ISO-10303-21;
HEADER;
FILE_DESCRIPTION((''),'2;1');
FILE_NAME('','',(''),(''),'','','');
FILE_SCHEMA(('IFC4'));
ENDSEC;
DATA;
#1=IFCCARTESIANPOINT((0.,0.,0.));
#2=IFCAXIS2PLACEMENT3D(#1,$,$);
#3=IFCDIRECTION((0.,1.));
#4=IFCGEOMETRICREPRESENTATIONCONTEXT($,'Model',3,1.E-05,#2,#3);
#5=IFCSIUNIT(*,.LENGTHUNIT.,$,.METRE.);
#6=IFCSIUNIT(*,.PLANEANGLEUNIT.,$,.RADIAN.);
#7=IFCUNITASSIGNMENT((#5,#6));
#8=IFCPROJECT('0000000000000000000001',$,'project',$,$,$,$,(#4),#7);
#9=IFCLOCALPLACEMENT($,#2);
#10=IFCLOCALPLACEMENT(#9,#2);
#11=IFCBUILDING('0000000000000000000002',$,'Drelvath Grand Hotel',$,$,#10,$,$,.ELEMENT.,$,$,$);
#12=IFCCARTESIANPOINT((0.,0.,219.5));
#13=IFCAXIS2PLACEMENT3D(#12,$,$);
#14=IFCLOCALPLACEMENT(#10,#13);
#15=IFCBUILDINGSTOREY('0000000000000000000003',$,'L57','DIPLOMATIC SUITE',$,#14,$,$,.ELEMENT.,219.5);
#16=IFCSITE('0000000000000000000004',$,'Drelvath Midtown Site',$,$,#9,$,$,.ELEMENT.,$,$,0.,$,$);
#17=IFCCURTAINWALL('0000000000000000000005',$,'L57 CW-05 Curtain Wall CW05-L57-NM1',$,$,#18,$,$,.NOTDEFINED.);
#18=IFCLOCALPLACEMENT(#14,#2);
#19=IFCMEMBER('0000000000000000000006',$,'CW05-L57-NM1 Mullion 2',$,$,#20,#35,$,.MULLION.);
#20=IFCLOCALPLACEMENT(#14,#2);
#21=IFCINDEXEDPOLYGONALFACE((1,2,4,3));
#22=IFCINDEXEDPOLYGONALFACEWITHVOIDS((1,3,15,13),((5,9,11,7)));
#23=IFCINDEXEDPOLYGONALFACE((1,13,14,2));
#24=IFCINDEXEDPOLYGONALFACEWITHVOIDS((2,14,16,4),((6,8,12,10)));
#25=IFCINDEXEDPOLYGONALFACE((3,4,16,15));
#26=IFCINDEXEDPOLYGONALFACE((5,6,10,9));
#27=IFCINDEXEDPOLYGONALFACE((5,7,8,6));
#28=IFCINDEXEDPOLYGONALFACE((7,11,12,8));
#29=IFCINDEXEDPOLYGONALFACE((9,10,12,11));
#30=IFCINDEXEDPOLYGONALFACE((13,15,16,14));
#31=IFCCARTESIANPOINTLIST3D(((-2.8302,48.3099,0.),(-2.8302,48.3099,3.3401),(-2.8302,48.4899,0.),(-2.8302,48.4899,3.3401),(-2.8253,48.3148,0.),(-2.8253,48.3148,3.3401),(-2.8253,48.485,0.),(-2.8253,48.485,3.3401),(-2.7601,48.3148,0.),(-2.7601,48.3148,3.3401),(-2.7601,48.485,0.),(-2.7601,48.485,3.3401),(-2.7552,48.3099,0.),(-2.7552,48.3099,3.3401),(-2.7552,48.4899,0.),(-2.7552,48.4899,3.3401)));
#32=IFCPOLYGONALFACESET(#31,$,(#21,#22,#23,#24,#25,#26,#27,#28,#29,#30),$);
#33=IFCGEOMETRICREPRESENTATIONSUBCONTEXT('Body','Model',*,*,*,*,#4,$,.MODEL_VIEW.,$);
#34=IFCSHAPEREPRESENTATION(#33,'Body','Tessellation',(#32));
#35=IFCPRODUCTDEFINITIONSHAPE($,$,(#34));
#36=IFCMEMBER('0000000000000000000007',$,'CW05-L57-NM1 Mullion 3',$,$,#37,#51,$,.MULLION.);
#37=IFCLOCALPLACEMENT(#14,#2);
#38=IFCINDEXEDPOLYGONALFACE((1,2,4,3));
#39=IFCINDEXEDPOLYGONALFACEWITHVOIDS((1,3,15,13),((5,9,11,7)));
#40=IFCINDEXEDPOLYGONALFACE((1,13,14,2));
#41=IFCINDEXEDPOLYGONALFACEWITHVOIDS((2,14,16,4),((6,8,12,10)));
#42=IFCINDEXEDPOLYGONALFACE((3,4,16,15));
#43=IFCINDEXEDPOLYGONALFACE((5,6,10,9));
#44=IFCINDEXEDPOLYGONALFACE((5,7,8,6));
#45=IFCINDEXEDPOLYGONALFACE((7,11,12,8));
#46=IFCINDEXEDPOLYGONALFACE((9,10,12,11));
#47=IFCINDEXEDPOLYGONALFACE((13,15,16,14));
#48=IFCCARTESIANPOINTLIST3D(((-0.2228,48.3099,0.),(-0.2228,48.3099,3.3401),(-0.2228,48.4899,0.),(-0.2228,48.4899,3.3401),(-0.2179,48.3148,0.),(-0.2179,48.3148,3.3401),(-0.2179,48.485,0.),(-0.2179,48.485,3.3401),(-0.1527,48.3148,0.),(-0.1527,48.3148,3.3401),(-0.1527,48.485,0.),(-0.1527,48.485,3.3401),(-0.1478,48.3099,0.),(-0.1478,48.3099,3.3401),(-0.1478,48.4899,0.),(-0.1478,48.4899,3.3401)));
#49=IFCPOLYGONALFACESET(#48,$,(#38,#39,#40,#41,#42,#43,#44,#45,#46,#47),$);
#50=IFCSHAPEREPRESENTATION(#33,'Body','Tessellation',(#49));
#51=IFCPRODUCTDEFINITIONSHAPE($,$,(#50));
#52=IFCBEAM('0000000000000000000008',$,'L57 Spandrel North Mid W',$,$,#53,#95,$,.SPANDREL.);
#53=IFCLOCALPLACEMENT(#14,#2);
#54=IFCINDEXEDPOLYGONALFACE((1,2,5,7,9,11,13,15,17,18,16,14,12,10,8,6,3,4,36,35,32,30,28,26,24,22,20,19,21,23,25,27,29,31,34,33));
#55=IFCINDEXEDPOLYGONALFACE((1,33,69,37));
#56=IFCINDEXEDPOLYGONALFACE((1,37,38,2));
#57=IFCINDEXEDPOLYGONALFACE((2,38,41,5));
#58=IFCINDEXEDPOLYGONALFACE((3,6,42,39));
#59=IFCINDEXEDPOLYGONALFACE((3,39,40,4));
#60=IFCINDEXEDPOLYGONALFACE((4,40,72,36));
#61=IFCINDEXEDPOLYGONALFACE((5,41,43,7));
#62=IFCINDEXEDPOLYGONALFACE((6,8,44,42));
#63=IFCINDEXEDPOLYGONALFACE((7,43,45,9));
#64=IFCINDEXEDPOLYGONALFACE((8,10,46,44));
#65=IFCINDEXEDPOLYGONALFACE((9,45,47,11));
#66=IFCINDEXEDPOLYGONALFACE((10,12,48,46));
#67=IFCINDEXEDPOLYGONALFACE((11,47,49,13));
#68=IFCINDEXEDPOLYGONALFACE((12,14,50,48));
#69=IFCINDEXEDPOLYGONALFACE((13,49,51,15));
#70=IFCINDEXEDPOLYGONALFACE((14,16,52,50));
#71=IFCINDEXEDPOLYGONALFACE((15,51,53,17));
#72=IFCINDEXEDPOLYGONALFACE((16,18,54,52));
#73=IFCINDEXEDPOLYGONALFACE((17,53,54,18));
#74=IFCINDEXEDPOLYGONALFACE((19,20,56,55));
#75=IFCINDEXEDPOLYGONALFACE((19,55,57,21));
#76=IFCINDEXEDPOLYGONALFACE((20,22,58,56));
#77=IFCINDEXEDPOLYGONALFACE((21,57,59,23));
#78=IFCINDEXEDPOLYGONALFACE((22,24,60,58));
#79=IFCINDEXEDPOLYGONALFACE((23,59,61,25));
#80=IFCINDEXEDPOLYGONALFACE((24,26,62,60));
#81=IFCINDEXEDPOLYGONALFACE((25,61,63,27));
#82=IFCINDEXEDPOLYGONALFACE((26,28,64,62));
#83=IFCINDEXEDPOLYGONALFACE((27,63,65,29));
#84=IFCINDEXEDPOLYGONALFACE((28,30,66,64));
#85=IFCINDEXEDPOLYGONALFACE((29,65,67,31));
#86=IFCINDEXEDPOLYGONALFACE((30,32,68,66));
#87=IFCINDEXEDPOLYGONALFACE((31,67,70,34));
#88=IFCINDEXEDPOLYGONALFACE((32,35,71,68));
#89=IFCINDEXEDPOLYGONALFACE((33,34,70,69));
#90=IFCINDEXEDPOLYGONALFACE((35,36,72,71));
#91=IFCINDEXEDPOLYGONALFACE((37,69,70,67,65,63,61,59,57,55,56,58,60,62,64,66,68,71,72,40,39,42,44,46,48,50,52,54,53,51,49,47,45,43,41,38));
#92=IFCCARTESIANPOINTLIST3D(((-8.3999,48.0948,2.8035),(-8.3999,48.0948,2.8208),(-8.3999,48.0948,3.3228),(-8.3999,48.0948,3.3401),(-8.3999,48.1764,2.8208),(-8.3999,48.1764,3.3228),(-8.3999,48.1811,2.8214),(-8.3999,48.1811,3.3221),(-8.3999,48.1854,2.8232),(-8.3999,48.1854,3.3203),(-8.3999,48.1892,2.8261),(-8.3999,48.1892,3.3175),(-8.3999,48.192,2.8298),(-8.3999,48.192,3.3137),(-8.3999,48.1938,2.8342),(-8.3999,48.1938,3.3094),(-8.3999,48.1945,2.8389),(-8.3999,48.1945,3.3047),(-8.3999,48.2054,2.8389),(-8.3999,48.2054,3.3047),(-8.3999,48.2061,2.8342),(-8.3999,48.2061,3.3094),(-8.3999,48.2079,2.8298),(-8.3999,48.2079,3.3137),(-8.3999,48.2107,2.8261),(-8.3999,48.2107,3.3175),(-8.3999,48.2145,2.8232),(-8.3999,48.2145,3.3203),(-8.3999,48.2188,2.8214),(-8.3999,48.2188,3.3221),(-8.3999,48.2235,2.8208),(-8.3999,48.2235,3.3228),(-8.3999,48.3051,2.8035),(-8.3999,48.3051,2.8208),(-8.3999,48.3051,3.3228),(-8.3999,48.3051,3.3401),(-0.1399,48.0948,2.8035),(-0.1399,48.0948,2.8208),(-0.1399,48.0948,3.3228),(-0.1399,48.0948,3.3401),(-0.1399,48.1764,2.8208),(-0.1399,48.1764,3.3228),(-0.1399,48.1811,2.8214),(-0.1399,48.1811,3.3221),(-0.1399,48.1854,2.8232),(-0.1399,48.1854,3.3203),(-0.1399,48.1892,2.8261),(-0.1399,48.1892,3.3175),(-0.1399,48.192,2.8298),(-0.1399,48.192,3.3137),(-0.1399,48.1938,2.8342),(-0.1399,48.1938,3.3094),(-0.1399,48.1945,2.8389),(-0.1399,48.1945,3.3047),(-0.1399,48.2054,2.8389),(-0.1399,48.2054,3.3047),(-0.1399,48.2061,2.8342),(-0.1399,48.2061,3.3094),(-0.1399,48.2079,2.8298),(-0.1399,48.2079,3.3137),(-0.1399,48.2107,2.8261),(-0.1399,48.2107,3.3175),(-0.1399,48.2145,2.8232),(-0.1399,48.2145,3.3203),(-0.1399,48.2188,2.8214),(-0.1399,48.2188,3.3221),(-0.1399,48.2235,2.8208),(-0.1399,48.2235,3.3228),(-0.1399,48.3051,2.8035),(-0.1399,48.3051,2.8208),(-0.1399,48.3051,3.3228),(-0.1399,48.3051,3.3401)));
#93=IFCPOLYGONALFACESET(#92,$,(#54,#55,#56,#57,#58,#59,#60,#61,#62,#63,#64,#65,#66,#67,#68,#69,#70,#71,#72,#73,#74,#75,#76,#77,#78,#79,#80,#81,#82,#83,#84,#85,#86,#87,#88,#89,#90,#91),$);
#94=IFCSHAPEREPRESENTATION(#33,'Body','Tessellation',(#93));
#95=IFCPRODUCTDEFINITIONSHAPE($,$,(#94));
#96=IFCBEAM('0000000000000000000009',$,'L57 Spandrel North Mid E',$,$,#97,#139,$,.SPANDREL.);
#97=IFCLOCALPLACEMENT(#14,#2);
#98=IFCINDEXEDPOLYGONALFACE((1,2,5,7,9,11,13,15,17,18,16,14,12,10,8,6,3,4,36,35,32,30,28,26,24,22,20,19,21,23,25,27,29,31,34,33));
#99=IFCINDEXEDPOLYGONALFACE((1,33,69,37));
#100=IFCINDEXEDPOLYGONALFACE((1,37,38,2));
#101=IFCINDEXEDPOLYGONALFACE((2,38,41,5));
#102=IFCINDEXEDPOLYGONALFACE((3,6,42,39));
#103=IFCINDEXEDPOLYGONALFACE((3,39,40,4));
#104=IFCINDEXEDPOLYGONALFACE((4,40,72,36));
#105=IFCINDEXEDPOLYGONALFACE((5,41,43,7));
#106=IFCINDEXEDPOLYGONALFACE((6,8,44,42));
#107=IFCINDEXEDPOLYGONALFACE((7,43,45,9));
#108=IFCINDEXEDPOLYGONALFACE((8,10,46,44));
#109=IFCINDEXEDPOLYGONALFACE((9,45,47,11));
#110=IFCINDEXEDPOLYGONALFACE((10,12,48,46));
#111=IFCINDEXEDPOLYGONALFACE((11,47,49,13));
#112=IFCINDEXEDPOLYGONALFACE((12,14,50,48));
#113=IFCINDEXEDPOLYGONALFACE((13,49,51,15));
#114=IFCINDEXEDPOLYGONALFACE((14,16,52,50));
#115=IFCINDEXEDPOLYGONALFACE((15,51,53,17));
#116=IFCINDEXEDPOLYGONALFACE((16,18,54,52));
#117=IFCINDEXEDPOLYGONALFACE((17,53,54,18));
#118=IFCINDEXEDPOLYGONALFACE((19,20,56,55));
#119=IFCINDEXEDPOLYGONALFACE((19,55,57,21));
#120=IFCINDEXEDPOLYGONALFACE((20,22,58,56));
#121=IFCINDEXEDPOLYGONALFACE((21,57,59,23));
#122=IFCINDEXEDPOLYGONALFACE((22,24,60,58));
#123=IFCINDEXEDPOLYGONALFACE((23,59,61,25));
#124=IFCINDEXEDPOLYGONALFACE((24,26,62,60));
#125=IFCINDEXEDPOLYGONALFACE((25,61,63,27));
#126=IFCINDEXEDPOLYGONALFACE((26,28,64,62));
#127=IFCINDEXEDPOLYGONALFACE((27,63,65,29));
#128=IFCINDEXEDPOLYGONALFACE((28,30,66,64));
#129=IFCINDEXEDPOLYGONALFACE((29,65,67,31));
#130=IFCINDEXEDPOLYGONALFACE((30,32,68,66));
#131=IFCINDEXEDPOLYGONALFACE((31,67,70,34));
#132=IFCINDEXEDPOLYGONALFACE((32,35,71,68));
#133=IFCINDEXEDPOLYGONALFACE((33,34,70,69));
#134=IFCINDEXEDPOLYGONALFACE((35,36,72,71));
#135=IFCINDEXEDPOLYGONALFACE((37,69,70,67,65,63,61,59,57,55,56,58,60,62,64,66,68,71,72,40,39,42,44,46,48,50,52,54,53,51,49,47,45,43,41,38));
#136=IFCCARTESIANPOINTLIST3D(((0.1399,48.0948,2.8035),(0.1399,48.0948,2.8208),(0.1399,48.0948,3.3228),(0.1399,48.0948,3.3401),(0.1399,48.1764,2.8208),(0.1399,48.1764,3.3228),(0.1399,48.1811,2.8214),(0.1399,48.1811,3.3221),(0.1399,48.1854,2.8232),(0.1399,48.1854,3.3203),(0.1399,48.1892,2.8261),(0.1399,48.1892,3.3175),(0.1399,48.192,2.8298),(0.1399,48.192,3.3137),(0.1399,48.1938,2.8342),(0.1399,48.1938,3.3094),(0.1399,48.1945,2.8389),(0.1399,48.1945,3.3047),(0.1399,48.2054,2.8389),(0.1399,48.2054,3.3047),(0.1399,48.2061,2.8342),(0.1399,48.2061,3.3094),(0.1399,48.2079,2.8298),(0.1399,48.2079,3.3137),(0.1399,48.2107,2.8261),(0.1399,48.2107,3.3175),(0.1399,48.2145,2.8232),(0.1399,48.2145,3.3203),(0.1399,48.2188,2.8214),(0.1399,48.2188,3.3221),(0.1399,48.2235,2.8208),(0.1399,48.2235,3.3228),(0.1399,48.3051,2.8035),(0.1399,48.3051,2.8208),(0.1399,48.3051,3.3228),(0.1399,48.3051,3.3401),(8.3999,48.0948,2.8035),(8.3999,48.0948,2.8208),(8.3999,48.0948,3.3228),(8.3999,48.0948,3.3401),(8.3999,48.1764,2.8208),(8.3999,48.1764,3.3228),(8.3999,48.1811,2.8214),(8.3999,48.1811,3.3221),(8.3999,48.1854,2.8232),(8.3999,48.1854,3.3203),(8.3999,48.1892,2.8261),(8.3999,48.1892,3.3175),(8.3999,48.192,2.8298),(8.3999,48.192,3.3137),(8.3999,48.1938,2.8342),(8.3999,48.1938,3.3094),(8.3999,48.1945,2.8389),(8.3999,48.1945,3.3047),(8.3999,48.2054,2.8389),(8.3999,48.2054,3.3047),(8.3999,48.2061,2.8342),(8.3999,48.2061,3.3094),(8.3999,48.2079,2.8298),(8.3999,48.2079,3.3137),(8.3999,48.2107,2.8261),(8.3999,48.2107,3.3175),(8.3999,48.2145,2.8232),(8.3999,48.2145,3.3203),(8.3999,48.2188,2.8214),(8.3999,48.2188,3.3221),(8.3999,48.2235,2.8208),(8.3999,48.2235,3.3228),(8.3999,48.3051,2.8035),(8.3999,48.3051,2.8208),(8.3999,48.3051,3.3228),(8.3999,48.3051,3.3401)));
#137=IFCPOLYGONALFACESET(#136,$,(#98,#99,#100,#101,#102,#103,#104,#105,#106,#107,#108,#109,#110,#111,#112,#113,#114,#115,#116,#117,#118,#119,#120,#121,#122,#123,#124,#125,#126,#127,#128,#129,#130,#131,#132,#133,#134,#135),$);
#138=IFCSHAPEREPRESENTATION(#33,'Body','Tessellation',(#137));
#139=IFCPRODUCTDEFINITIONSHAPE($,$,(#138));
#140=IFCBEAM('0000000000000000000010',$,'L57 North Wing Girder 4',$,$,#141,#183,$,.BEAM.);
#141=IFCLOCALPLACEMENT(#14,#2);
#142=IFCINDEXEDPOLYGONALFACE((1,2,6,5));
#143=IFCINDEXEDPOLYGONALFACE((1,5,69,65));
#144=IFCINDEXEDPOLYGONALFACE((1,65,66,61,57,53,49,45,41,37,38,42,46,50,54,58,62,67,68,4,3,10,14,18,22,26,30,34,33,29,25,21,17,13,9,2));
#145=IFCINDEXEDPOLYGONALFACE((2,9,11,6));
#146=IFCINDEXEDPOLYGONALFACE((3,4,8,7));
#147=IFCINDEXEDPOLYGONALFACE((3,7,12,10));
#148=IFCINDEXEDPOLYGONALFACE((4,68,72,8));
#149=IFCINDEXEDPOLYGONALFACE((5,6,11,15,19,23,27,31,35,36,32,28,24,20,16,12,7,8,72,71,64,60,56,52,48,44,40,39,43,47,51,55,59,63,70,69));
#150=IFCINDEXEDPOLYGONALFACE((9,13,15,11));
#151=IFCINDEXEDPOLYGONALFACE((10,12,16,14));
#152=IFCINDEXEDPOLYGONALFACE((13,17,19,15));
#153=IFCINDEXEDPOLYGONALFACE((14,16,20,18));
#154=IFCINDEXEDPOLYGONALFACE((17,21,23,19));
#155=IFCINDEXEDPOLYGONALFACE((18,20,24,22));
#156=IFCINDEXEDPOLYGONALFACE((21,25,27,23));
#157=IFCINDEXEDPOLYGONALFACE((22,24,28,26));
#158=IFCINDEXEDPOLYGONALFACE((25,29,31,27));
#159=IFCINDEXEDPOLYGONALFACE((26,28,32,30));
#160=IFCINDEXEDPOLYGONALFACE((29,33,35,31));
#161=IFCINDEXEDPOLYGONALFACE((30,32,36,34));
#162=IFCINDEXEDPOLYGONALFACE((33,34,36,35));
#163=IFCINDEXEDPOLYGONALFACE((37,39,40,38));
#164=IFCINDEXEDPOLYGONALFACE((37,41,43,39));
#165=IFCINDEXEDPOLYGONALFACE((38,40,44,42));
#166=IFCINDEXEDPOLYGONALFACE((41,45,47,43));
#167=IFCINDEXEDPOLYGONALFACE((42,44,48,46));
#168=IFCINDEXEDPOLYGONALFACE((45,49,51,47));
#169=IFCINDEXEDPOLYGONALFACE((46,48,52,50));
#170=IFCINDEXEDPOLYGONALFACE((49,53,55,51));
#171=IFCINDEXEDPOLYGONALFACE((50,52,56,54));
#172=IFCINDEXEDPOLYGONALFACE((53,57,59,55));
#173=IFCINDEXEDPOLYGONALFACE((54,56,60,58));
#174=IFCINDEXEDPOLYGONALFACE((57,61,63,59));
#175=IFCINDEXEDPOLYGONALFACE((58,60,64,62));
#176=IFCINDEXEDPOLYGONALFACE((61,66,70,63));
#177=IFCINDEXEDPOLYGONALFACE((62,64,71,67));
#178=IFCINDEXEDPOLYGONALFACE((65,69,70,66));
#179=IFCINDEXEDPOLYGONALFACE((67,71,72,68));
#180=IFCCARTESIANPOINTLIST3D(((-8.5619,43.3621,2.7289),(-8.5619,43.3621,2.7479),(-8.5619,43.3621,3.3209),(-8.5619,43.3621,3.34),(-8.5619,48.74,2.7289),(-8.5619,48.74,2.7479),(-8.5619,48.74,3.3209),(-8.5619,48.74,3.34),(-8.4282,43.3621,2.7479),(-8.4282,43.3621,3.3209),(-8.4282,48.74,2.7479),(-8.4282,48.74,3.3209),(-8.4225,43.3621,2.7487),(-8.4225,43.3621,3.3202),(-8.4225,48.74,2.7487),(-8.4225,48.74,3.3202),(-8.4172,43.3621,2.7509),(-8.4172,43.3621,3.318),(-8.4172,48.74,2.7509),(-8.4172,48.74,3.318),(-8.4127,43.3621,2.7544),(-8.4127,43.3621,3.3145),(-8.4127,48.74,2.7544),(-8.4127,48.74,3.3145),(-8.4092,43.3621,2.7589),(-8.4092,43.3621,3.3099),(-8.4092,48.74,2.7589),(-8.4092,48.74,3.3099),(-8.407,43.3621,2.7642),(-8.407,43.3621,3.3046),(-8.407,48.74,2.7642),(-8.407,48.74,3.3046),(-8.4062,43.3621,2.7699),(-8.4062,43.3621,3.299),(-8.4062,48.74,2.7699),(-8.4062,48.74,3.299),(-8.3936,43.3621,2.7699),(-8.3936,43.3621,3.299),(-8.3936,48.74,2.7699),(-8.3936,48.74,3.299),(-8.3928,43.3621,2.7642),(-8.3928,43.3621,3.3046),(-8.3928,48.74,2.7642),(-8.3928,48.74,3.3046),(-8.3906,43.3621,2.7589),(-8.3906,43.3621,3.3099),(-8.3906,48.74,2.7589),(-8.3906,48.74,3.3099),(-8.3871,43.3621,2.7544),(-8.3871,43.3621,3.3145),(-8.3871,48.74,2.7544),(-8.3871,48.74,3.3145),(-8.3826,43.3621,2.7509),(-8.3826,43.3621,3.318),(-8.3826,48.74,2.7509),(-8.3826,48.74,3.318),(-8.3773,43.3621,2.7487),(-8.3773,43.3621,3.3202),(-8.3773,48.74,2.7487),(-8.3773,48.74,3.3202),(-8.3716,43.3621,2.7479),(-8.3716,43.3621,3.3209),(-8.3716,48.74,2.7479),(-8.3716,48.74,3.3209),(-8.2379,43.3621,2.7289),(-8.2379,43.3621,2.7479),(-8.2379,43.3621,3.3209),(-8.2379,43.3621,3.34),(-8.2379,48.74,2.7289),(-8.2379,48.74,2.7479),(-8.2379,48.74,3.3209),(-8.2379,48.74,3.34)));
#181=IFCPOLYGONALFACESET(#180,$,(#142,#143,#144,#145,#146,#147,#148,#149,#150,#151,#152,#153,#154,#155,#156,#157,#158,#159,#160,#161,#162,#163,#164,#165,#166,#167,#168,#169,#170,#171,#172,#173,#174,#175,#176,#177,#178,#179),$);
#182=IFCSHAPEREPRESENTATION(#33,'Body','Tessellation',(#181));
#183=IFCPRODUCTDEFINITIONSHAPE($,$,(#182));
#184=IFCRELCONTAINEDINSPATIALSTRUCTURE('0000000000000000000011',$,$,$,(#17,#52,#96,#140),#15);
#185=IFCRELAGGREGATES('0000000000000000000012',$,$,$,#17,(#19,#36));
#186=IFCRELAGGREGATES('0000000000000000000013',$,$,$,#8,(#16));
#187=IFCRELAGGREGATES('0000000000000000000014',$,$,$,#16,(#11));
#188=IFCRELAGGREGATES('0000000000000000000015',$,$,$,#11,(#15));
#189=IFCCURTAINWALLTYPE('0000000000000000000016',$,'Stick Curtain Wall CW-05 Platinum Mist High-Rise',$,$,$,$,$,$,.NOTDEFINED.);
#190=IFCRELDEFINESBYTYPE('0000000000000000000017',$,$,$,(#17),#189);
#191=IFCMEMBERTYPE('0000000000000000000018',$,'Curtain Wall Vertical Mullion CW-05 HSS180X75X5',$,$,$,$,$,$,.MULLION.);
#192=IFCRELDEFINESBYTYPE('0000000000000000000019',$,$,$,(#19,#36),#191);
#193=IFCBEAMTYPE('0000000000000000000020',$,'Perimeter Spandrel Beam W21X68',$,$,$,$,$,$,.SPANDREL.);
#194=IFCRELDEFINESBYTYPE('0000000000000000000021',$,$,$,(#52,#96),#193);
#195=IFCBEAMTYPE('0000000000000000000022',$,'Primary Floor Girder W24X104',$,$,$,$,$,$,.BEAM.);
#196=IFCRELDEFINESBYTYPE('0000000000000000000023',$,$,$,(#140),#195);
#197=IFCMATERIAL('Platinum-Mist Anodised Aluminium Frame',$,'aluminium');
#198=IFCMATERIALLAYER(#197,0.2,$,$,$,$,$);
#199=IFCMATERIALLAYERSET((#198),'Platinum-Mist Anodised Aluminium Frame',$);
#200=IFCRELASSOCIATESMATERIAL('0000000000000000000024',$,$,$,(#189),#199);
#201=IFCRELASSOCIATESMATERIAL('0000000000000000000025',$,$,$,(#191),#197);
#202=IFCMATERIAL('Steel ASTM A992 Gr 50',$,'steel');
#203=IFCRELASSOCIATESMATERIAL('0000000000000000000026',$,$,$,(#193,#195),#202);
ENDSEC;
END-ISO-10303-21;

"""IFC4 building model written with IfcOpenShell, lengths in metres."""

from ifc_helpers import new_model, si_unit, direction, frame, origin, origin_2d, place, context, subcontext, project, spatial, hollow_rectangle, i_section, extrude, material, layer, layer_set, material_profile, profile_set, type_object, element, aggregate, save


model = new_model("IFC4")

# Units and contexts
model_context = context("Model", 3, precision=1e-05, world=origin(), true_north=direction((0.0, 1.0)))
body_context = subcontext(model_context, "Body", "Model", "MODEL_VIEW")
ifc_project = project(units=[si_unit("LENGTHUNIT", "METRE"), si_unit("PLANEANGLEUNIT", "RADIAN")], contexts=[model_context])

# Site, building, storey
site_placement = place(None, origin())
site = spatial("IfcSite", under=ifc_project, at=site_placement, Name="Drelvath Midtown Site", CompositionType="ELEMENT", RefElevation=0.0)
building_placement = place(site_placement, origin())
building = spatial("IfcBuilding", under=site, at=building_placement, Name="Drelvath Grand Hotel", CompositionType="ELEMENT")
storey_placement = place(building_placement, frame((0.0, 0.0, 219.5)))
storey = spatial("IfcBuildingStorey", under=building, at=storey_placement, Name="L57", Description="DIPLOMATIC SUITE", CompositionType="ELEMENT", Elevation=219.5)

# Curtain wall
ifc_material_1 = material(Name="Platinum-Mist Anodised Aluminium Frame", Category="aluminium")
ifc_layer_1 = layer(ifc_material_1, 0.2)
ifc_layer_set_1 = layer_set([ifc_layer_1], Name="Platinum-Mist Anodised Aluminium Frame")
curtain_wall_type = type_object("IfcCurtainWallType", Name="Stick Curtain Wall CW-05 Platinum Mist High-Rise", PredefinedType="NOTDEFINED", material=ifc_layer_set_1)
curtain_wall_1_placement = place(storey_placement, origin())
curtain_wall_1 = element("IfcCurtainWall", 1, at=curtain_wall_1_placement, inside=storey, type_object=curtain_wall_type, Name="L57 CW-05 Curtain Wall CW05-L57-NM1", PredefinedType="NOTDEFINED")

# Members
ifc_material_profile_1 = material_profile(ifc_material_1, hollow_rectangle(XDim=0.075, YDim=0.1799, WallThickness=0.0049, at=origin_2d()), Name="HSS180X75X5")
ifc_profile_set_1 = profile_set([ifc_material_profile_1], Name="Platinum-Mist Anodised Aluminium Frame")
member_type_1 = type_object("IfcMemberType", Name="Curtain Wall Vertical Mullion CW-05 HSS180X75X5", PredefinedType="MULLION", material=ifc_profile_set_1)
member_1_placement = place(storey_placement, frame((-2.7927, 48.3999, 0.0), z_axis=(0.0, 0.0, 1.0), x_axis=(1.0, 0.0, 0.0)))
member_1 = element("IfcMember", 2, at=member_1_placement, type_object=member_type_1, Name="CW05-L57-NM1 Mullion 2", PredefinedType="MULLION", context=body_context, shape_type="SweptSolid", body=[
    extrude(hollow_rectangle(XDim=0.075, YDim=0.1799, WallThickness=0.0049, at=origin_2d()), origin(), (0.0, 0.0, 1.0), 3.3401),
])
member_2_placement = place(storey_placement, frame((-0.1853, 48.3999, 0.0), z_axis=(0.0, 0.0, 1.0), x_axis=(1.0, 0.0, 0.0)))
member_2 = element("IfcMember", 3, at=member_2_placement, type_object=member_type_1, Name="CW05-L57-NM1 Mullion 3", PredefinedType="MULLION", context=body_context, shape_type="SweptSolid", body=[
    extrude(hollow_rectangle(XDim=0.075, YDim=0.1799, WallThickness=0.0049, at=origin_2d()), origin(), (0.0, 0.0, 1.0), 3.3401),
])

# Beams
ifc_material_2 = material(Name="Steel ASTM A992 Gr 50", Category="steel")
ifc_material_profile_2 = material_profile(ifc_material_2, i_section(OverallWidth=0.2102, OverallDepth=0.5366, WebThickness=0.011, FlangeThickness=0.0173, FilletRadius=0.0181, at=origin_2d()), Name="W21X68")
ifc_profile_set_2 = profile_set([ifc_material_profile_2], Name="Steel ASTM A992 Gr 50")
beam_type_1 = type_object("IfcBeamType", Name="Perimeter Spandrel Beam W21X68", PredefinedType="SPANDREL", material=ifc_profile_set_2)
for number, where, z_axis, x_axis, name in (
    (4, (-8.3999, 48.2, 3.0718), (1.0, 0.0, 0.0), (0.0, 1.0, 0.0), "L57 Spandrel North Mid W"),
    (5, (0.1399, 48.2, 3.0718), (1.0, 0.0, 0.0), (0.0, 1.0, 0.0), "L57 Spandrel North Mid E"),
):
    element("IfcBeam", number, at=place(storey_placement, frame(where, z_axis=z_axis, x_axis=x_axis)), inside=storey, type_object=beam_type_1, Name=name, PredefinedType="SPANDREL", context=body_context, shape_type="SweptSolid", body=[
        extrude(i_section(OverallWidth=0.2102, OverallDepth=0.5366, WebThickness=0.011, FlangeThickness=0.0173, FilletRadius=0.0181, at=origin_2d()), origin(), (0.0, 0.0, 1.0), 8.26),
    ])
ifc_material_profile_3 = material_profile(ifc_material_2, i_section(OverallWidth=0.324, OverallDepth=0.6111, WebThickness=0.0127, FlangeThickness=0.019, FilletRadius=0.022, at=origin_2d()), Name="W24X104")
ifc_profile_set_3 = profile_set([ifc_material_profile_3], Name="Steel ASTM A992 Gr 50")
beam_type_2 = type_object("IfcBeamType", Name="Primary Floor Girder W24X104", PredefinedType="BEAM", material=ifc_profile_set_3)
beam_1_placement = place(storey_placement, frame((-8.3999, 43.3621, 3.0344), z_axis=(0.0, 1.0, 0.0), x_axis=(-1.0, 0.0, 0.0)))
element("IfcBeam", 6, at=beam_1_placement, inside=storey, type_object=beam_type_2, Name="L57 North Wing Girder 4", PredefinedType="BEAM", context=body_context, shape_type="SweptSolid", body=[
    extrude(i_section(OverallWidth=0.324, OverallDepth=0.6111, WebThickness=0.0127, FlangeThickness=0.019, FilletRadius=0.022, at=origin_2d()), origin(), (0.0, 0.0, 1.0), 5.3779),
])

aggregate(curtain_wall_1, [member_1, member_2])

save(model, "model.ifc")
